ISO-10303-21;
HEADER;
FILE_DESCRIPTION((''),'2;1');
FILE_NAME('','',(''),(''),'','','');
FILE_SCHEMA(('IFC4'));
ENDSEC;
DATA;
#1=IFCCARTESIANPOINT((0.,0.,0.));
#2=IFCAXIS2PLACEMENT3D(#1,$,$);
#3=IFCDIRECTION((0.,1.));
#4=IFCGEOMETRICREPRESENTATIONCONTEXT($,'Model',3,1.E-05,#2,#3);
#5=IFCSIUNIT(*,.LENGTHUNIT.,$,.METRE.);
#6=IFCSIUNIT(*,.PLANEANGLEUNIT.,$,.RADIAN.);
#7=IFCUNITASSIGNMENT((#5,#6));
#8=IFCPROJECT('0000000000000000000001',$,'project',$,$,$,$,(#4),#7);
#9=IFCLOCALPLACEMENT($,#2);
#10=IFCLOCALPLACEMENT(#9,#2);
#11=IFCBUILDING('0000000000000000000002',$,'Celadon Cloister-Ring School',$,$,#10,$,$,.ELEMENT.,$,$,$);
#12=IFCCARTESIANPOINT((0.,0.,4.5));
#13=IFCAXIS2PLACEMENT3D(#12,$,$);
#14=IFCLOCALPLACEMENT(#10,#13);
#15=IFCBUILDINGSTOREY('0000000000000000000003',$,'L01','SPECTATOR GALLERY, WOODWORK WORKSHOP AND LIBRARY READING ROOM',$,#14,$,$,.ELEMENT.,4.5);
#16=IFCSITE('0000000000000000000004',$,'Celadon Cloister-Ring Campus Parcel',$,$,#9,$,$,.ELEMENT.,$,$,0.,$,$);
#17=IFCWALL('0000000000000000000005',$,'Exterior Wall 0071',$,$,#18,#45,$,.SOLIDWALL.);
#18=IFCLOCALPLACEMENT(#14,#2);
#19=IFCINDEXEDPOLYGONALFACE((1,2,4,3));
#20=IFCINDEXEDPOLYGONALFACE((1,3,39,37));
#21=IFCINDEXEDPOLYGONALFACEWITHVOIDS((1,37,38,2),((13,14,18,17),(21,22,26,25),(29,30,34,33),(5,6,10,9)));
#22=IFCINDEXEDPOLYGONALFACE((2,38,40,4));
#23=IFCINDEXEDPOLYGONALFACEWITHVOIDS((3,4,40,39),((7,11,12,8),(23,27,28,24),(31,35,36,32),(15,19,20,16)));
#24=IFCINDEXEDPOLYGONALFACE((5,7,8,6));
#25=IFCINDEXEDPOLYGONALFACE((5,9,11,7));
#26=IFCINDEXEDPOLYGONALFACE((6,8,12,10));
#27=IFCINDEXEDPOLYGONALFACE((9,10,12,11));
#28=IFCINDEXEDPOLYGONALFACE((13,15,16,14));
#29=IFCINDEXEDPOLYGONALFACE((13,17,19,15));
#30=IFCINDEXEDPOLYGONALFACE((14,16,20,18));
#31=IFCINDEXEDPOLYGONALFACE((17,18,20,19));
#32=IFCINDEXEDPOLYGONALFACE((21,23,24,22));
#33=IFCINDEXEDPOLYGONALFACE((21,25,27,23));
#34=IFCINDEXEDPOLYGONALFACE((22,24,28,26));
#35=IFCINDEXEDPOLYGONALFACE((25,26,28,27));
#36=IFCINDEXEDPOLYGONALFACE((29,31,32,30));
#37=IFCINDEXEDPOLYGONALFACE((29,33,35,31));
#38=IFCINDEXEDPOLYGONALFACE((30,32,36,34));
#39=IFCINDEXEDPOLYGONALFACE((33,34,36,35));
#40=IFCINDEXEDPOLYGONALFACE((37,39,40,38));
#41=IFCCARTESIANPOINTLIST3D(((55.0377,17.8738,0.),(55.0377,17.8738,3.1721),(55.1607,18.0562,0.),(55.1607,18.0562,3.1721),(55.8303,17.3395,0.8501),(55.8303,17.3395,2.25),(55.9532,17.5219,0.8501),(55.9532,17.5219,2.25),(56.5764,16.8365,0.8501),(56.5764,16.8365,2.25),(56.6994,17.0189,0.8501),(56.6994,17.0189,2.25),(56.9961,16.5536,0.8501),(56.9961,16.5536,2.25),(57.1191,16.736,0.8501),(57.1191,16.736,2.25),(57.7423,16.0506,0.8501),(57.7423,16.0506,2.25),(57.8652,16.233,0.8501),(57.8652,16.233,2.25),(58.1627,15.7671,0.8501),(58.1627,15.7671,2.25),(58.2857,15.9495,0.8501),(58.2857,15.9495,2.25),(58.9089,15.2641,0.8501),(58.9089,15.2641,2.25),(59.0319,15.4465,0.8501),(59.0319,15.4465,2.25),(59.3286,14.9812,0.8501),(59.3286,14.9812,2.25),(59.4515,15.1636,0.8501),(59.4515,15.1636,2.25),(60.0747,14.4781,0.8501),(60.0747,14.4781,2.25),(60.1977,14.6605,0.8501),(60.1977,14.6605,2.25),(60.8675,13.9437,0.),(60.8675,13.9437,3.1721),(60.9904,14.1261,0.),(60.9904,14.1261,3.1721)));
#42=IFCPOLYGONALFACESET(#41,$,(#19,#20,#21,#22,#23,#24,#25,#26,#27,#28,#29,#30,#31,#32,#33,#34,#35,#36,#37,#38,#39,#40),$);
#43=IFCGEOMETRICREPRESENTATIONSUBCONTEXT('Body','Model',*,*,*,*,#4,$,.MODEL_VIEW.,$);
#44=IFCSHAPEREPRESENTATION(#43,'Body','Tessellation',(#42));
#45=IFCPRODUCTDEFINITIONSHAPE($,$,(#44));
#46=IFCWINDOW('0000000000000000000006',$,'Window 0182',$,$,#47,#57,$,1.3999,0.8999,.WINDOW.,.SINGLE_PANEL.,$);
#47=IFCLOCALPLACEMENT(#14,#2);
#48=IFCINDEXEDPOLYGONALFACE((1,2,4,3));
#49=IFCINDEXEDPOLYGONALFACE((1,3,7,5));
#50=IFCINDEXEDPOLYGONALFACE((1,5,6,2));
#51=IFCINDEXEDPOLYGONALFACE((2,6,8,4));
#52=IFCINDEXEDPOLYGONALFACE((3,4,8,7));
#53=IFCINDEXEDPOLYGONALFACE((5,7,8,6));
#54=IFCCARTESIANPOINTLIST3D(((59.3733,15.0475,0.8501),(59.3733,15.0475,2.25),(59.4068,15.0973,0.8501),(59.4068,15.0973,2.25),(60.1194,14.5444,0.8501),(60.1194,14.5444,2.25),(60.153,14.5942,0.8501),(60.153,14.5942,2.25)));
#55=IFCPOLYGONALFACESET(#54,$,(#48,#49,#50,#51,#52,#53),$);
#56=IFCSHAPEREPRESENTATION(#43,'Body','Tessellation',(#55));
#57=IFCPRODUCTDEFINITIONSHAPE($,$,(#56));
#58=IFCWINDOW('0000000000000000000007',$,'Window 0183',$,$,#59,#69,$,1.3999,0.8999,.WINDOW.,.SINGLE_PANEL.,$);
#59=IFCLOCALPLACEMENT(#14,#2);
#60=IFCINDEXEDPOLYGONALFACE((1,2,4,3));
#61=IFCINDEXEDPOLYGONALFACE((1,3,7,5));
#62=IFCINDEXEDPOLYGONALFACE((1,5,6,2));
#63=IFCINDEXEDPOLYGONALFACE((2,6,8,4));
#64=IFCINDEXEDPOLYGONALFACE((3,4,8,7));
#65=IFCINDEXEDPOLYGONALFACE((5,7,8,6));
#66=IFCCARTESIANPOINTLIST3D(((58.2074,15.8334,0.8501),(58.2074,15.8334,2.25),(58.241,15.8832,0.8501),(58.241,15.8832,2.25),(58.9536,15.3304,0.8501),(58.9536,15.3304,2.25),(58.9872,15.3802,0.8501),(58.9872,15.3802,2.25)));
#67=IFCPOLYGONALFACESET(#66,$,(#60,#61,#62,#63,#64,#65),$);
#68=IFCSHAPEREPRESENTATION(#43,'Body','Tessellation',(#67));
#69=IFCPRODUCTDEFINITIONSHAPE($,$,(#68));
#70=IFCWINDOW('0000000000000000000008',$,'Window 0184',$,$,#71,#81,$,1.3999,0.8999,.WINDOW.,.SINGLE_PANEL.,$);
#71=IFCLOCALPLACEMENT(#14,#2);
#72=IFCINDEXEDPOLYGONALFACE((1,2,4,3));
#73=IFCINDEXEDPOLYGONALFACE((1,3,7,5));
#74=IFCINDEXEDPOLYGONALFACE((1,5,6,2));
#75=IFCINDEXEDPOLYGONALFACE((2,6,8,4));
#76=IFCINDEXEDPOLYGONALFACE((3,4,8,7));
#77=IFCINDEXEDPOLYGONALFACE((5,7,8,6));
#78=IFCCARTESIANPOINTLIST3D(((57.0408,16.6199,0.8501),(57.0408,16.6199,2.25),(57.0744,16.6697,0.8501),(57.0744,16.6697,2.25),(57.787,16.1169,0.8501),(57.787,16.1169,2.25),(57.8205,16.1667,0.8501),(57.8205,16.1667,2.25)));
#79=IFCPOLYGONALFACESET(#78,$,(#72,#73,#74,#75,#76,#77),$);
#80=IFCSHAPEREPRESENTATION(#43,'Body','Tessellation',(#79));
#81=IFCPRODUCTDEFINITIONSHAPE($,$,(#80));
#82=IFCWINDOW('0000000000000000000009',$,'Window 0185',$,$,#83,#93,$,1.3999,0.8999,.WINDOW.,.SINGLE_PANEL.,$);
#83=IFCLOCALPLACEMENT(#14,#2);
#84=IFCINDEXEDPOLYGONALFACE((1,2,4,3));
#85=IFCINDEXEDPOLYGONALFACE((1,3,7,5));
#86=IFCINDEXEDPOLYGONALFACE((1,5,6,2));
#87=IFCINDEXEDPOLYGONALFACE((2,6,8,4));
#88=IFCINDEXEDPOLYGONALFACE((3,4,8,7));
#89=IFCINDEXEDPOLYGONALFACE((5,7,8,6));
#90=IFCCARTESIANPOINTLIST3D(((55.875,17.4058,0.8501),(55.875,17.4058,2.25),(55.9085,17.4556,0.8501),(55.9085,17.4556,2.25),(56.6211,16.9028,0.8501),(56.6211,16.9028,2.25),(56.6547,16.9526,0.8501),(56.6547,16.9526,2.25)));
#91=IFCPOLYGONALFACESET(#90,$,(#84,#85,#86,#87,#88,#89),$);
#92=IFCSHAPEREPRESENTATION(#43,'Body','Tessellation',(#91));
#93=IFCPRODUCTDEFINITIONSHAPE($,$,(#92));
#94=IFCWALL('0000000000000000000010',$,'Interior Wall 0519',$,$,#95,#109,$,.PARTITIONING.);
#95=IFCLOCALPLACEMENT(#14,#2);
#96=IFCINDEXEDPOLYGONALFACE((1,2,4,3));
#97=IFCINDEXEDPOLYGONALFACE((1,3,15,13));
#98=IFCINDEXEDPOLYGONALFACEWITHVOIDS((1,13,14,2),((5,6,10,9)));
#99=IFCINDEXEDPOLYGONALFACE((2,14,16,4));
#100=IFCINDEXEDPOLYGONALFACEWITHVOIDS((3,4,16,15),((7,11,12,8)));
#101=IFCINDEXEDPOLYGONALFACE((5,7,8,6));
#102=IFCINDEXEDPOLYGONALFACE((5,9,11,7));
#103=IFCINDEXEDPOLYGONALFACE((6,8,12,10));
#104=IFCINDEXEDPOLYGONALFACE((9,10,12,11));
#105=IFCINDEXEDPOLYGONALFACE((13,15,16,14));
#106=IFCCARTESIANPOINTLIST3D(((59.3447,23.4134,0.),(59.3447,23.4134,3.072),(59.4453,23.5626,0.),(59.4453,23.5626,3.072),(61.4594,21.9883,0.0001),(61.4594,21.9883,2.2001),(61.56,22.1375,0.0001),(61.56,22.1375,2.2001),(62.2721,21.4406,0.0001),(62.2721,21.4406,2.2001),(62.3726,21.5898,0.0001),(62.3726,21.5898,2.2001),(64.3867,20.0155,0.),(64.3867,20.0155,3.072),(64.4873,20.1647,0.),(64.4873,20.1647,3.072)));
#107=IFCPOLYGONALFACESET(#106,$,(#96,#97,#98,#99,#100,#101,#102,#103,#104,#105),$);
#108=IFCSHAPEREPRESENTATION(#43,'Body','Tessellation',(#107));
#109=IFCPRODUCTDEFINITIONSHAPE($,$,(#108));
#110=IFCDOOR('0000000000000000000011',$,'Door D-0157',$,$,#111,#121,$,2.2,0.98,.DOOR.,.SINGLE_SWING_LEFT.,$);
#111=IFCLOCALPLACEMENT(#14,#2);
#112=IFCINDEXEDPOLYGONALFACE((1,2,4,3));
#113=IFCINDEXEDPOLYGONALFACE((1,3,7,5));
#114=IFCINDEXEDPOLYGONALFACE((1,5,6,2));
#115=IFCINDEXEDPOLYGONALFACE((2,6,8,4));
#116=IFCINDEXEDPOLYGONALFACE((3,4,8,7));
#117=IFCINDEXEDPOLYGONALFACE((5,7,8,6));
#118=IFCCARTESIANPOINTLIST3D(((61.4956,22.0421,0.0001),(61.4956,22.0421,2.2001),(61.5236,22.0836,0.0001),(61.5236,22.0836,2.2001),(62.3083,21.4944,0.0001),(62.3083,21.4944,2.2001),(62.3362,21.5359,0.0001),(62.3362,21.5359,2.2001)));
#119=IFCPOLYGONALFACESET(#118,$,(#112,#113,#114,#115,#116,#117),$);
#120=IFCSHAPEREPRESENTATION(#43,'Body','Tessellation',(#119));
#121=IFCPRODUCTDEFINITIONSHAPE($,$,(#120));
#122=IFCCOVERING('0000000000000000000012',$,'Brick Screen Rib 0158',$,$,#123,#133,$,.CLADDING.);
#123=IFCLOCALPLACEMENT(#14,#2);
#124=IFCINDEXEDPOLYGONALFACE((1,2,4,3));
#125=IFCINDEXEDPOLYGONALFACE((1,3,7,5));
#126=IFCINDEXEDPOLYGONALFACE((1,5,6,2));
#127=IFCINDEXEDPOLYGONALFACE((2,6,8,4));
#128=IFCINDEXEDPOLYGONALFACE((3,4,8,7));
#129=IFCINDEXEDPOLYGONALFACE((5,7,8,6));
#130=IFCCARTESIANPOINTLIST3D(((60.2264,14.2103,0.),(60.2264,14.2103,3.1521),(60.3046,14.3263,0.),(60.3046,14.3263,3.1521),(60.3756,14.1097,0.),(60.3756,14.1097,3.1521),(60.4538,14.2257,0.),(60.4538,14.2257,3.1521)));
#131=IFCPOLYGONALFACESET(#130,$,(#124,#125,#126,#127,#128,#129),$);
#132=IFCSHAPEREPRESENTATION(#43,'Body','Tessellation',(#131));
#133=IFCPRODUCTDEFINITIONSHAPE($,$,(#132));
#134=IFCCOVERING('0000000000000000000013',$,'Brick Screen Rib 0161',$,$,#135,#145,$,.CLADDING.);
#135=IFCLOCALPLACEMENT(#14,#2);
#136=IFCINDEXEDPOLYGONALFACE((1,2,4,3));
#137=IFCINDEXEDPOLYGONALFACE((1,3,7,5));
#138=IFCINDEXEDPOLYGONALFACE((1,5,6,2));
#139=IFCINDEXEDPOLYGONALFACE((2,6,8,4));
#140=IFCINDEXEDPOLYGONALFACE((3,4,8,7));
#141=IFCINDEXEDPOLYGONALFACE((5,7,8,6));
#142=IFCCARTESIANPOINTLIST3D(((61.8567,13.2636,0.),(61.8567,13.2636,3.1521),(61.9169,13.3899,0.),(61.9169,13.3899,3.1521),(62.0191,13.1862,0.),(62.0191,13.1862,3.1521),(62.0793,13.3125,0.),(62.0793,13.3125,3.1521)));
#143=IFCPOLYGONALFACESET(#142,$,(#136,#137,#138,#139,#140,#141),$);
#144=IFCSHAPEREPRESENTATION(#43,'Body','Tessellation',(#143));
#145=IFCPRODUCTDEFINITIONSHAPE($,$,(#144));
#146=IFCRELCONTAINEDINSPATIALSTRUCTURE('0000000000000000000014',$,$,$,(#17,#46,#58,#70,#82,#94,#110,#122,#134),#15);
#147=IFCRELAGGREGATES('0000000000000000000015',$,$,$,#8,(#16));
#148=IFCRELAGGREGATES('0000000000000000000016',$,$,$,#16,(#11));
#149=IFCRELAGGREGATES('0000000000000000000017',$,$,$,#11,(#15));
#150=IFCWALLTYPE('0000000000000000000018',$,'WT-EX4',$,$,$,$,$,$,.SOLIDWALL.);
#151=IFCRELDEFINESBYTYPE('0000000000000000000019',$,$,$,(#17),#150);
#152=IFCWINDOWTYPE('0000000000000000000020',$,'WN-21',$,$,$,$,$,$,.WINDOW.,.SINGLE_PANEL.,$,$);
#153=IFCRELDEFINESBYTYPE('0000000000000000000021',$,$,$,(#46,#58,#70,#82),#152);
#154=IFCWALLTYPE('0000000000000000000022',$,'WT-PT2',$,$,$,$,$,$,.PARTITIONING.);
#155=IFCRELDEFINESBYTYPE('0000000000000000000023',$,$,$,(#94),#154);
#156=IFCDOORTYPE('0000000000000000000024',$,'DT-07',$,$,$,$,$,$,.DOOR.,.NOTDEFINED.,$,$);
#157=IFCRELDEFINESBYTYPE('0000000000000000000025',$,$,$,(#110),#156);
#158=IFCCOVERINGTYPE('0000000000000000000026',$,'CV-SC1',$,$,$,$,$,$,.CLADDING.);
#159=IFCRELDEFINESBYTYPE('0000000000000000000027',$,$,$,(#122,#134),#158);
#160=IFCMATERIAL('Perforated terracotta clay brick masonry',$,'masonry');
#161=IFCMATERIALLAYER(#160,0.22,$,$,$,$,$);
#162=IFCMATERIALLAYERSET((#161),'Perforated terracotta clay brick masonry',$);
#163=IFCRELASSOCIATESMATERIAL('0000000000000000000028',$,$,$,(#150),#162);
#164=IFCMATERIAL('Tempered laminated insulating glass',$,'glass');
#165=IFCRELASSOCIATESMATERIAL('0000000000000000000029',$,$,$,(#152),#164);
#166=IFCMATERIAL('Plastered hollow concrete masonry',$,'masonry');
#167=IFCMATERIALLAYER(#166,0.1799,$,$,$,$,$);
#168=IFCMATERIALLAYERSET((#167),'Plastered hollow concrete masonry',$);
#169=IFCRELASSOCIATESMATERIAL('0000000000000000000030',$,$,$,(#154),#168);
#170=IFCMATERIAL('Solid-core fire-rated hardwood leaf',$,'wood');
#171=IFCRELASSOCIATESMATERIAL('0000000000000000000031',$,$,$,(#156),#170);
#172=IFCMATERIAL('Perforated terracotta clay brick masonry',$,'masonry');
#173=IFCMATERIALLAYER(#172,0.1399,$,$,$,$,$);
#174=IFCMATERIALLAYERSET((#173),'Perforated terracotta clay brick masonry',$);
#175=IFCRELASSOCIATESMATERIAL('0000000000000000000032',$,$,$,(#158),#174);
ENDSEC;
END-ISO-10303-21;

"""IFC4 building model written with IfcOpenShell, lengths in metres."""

from ifc_helpers import new_model, si_unit, direction, frame, frame_2d, origin, origin_2d, place, context, subcontext, project, spatial, rectangle, extrude, material, layer, layer_set, type_object, element, fill, save


model = new_model("IFC4")

# Units and contexts
model_context = context("Model", 3, precision=1e-05, world=origin(), true_north=direction((0.0, 1.0)))
body_context = subcontext(model_context, "Body", "Model", "MODEL_VIEW")
ifc_project = project(units=[si_unit("LENGTHUNIT", "METRE"), si_unit("PLANEANGLEUNIT", "RADIAN")], contexts=[model_context])

# Site, building, storey
site_placement = place(None, origin())
site = spatial("IfcSite", under=ifc_project, at=site_placement, Name="Celadon Cloister-Ring Campus Parcel", CompositionType="ELEMENT", RefElevation=0.0)
building_placement = place(site_placement, origin())
building = spatial("IfcBuilding", under=site, at=building_placement, Name="Celadon Cloister-Ring School", CompositionType="ELEMENT")
storey_placement = place(building_placement, frame((0.0, 0.0, 4.5)))
storey = spatial("IfcBuildingStorey", under=building, at=storey_placement, Name="L01", Description="SPECTATOR GALLERY, WOODWORK WORKSHOP AND LIBRARY READING ROOM", CompositionType="ELEMENT", Elevation=4.5)

# Wall, openings, windows
ifc_material_1 = material(Name="Perforated terracotta clay brick masonry", Category="masonry")
ifc_layer_1 = layer(ifc_material_1, 0.22)
ifc_layer_set_1 = layer_set([ifc_layer_1], Name="Perforated terracotta clay brick masonry")
wall_type_1 = type_object("IfcWallType", Name="WT-EX4", PredefinedType="SOLIDWALL", material=ifc_layer_set_1)
wall_1_placement = place(storey_placement, frame((60.929, 14.0349, 0.0), z_axis=(0.0, 0.0, 1.0), x_axis=(-0.829176, 0.558988, 0.0)))
wall_1 = element("IfcWall", 1, at=wall_1_placement, inside=storey, type_object=wall_type_1, Name="Exterior Wall 0071", PredefinedType="SOLIDWALL", context=body_context, shape_type="SweptSolid", body=[
    extrude(rectangle(XDim=7.0308, YDim=0.22, at=frame_2d((3.5154, 0.0))), origin(), (0.0, 0.0, 1.0), 3.1721),
])
opening_1_placement = place(wall_1_placement, frame((0.9561, 0.0, 0.8501)))
opening_1 = element("IfcOpeningElement", 2, at=opening_1_placement, cuts=wall_1, PredefinedType="OPENING", context=body_context, shape_type="SweptSolid", body=[
    extrude(rectangle(XDim=0.8999, YDim=1.3999, at=frame_2d((0.45, 0.7))), frame((0.0, 0.1201, 0.0), z_axis=(0.0, -1.0, 0.0), x_axis=(1.0, 0.0, 0.0)), (0.0, 0.0, 1.0), 0.24),
])
opening_2_placement = place(wall_1_placement, frame((2.3621, 0.0, 0.8501)))
opening_2 = element("IfcOpeningElement", 3, at=opening_2_placement, cuts=wall_1, PredefinedType="OPENING", context=body_context, shape_type="SweptSolid", body=[
    extrude(rectangle(XDim=0.8999, YDim=1.3999, at=frame_2d((0.45, 0.7))), frame((0.0, 0.1201, 0.0), z_axis=(0.0, -1.0, 0.0), x_axis=(1.0, 0.0, 0.0)), (0.0, 0.0, 1.0), 0.24),
])
opening_3_placement = place(wall_1_placement, frame((3.769, 0.0, 0.8501)))
opening_3 = element("IfcOpeningElement", 4, at=opening_3_placement, cuts=wall_1, PredefinedType="OPENING", context=body_context, shape_type="SweptSolid", body=[
    extrude(rectangle(XDim=0.8999, YDim=1.3999, at=frame_2d((0.45, 0.7))), frame((0.0, 0.1201, 0.0), z_axis=(0.0, -1.0, 0.0), x_axis=(1.0, 0.0, 0.0)), (0.0, 0.0, 1.0), 0.24),
])
opening_4_placement = place(wall_1_placement, frame((5.175, 0.0, 0.8501)))
opening_4 = element("IfcOpeningElement", 5, at=opening_4_placement, cuts=wall_1, PredefinedType="OPENING", context=body_context, shape_type="SweptSolid", body=[
    extrude(rectangle(XDim=0.8999, YDim=1.3999, at=frame_2d((0.45, 0.7))), frame((0.0, 0.1201, 0.0), z_axis=(0.0, -1.0, 0.0), x_axis=(1.0, 0.0, 0.0)), (0.0, 0.0, 1.0), 0.24),
])
ifc_material_2 = material(Name="Tempered laminated insulating glass", Category="glass")
window_type = type_object("IfcWindowType", Name="WN-21", PartitioningType="SINGLE_PANEL", PredefinedType="WINDOW", material=ifc_material_2)
window_1_placement = place(opening_1_placement, origin())
window_1 = element("IfcWindow", 6, at=window_1_placement, inside=storey, type_object=window_type, Name="Window 0182", OverallHeight=1.3999, OverallWidth=0.8999, PartitioningType="SINGLE_PANEL", PredefinedType="WINDOW", context=body_context, shape_type="SweptSolid", body=[
    extrude(rectangle(XDim=0.8999, YDim=1.3999, at=frame_2d((0.45, 0.7))), frame((0.0, 0.03, 0.0), z_axis=(0.0, -1.0, 0.0), x_axis=(1.0, 0.0, 0.0)), (0.0, 0.0, 1.0), 0.0601),
])
fill(opening_1, window_1)
window_2_placement = place(opening_2_placement, origin())
window_2 = element("IfcWindow", 7, at=window_2_placement, inside=storey, type_object=window_type, Name="Window 0183", OverallHeight=1.3999, OverallWidth=0.8999, PartitioningType="SINGLE_PANEL", PredefinedType="WINDOW", context=body_context, shape_type="SweptSolid", body=[
    extrude(rectangle(XDim=0.8999, YDim=1.3999, at=frame_2d((0.45, 0.7))), frame((0.0, 0.03, 0.0), z_axis=(0.0, -1.0, 0.0), x_axis=(1.0, 0.0, 0.0)), (0.0, 0.0, 1.0), 0.0601),
])
fill(opening_2, window_2)
window_3_placement = place(opening_3_placement, origin())
window_3 = element("IfcWindow", 8, at=window_3_placement, inside=storey, type_object=window_type, Name="Window 0184", OverallHeight=1.3999, OverallWidth=0.8999, PartitioningType="SINGLE_PANEL", PredefinedType="WINDOW", context=body_context, shape_type="SweptSolid", body=[
    extrude(rectangle(XDim=0.8999, YDim=1.3999, at=frame_2d((0.45, 0.7))), frame((0.0, 0.03, 0.0), z_axis=(0.0, -1.0, 0.0), x_axis=(1.0, 0.0, 0.0)), (0.0, 0.0, 1.0), 0.0601),
])
fill(opening_3, window_3)
window_4_placement = place(opening_4_placement, origin())
window_4 = element("IfcWindow", 9, at=window_4_placement, inside=storey, type_object=window_type, Name="Window 0185", OverallHeight=1.3999, OverallWidth=0.8999, PartitioningType="SINGLE_PANEL", PredefinedType="WINDOW", context=body_context, shape_type="SweptSolid", body=[
    extrude(rectangle(XDim=0.8999, YDim=1.3999, at=frame_2d((0.45, 0.7))), frame((0.0, 0.03, 0.0), z_axis=(0.0, -1.0, 0.0), x_axis=(1.0, 0.0, 0.0)), (0.0, 0.0, 1.0), 0.0601),
])
fill(opening_4, window_4)

# Wall, opening, door
ifc_material_3 = material(Name="Plastered hollow concrete masonry", Category="masonry")
ifc_layer_2 = layer(ifc_material_3, 0.1799)
ifc_layer_set_2 = layer_set([ifc_layer_2], Name="Plastered hollow concrete masonry")
wall_type_2 = type_object("IfcWallType", Name="WT-PT2", PredefinedType="PARTITIONING", material=ifc_layer_set_2)
wall_2_placement = place(storey_placement, frame((59.395, 23.488, 0.0), z_axis=(0.0, 0.0, 1.0), x_axis=(0.82926, -0.558863, 0.0)))
wall_2 = element("IfcWall", 10, at=wall_2_placement, inside=storey, type_object=wall_type_2, Name="Interior Wall 0519", PredefinedType="PARTITIONING", context=body_context, shape_type="SweptSolid", body=[
    extrude(rectangle(XDim=6.0801, YDim=0.1799, at=frame_2d((3.04, 0.0))), origin(), (0.0, 0.0, 1.0), 3.072),
])
opening_5_placement = place(wall_2_placement, frame((2.55, 0.0, 0.0)))
opening_5 = element("IfcOpeningElement", 11, at=opening_5_placement, cuts=wall_2, PredefinedType="OPENING", context=body_context, shape_type="SweptSolid", body=[
    extrude(rectangle(XDim=0.98, YDim=2.2, at=frame_2d((0.49, 1.1001))), frame((0.0, 0.1001, 0.0), z_axis=(0.0, -1.0, 0.0), x_axis=(1.0, 0.0, 0.0)), (0.0, 0.0, 1.0), 0.2),
])
ifc_material_4 = material(Name="Solid-core fire-rated hardwood leaf", Category="wood")
door_type = type_object("IfcDoorType", Name="DT-07", OperationType="NOTDEFINED", PredefinedType="DOOR", material=ifc_material_4)
door_placement = place(opening_5_placement, origin())
door = element("IfcDoor", 12, at=door_placement, inside=storey, type_object=door_type, Name="Door D-0157", OperationType="SINGLE_SWING_LEFT", OverallHeight=2.2, OverallWidth=0.98, PredefinedType="DOOR", context=body_context, shape_type="SweptSolid", body=[
    extrude(rectangle(XDim=0.98, YDim=2.2, at=frame_2d((0.49, 1.1001))), frame((0.0, 0.0249, 0.0), z_axis=(0.0, -1.0, 0.0), x_axis=(1.0, 0.0, 0.0)), (0.0, 0.0, 1.0), 0.05),
])
fill(opening_5, door)

# Coverings
ifc_material_5 = material(Name="Perforated terracotta clay brick masonry", Category="masonry")
ifc_layer_3 = layer(ifc_material_5, 0.1399)
ifc_layer_set_3 = layer_set([ifc_layer_3], Name="Perforated terracotta clay brick masonry")
covering_type = type_object("IfcCoveringType", Name="CV-SC1", PredefinedType="CLADDING", material=ifc_layer_set_3)
for number, where, z_axis, x_axis, name in (
    (13, (60.3401, 14.218, 0.0), (0.0, 0.0, 1.0), (-0.829194, 0.558961, 0.0), "Brick Screen Rib 0158"),
    (14, (61.968, 13.2881, 0.0), (0.0, 0.0, 1.0), (-0.902743, 0.43018, 0.0), "Brick Screen Rib 0161"),
):
    element("IfcCovering", number, at=place(storey_placement, frame(where, z_axis=z_axis, x_axis=x_axis)), inside=storey, type_object=covering_type, Name=name, PredefinedType="CLADDING", context=body_context, shape_type="SweptSolid", body=[
        extrude(rectangle(XDim=0.1799, YDim=0.1399, at=origin_2d()), origin(), (0.0, 0.0, 1.0), 3.1521),
    ])

save(model, "model.ifc")
